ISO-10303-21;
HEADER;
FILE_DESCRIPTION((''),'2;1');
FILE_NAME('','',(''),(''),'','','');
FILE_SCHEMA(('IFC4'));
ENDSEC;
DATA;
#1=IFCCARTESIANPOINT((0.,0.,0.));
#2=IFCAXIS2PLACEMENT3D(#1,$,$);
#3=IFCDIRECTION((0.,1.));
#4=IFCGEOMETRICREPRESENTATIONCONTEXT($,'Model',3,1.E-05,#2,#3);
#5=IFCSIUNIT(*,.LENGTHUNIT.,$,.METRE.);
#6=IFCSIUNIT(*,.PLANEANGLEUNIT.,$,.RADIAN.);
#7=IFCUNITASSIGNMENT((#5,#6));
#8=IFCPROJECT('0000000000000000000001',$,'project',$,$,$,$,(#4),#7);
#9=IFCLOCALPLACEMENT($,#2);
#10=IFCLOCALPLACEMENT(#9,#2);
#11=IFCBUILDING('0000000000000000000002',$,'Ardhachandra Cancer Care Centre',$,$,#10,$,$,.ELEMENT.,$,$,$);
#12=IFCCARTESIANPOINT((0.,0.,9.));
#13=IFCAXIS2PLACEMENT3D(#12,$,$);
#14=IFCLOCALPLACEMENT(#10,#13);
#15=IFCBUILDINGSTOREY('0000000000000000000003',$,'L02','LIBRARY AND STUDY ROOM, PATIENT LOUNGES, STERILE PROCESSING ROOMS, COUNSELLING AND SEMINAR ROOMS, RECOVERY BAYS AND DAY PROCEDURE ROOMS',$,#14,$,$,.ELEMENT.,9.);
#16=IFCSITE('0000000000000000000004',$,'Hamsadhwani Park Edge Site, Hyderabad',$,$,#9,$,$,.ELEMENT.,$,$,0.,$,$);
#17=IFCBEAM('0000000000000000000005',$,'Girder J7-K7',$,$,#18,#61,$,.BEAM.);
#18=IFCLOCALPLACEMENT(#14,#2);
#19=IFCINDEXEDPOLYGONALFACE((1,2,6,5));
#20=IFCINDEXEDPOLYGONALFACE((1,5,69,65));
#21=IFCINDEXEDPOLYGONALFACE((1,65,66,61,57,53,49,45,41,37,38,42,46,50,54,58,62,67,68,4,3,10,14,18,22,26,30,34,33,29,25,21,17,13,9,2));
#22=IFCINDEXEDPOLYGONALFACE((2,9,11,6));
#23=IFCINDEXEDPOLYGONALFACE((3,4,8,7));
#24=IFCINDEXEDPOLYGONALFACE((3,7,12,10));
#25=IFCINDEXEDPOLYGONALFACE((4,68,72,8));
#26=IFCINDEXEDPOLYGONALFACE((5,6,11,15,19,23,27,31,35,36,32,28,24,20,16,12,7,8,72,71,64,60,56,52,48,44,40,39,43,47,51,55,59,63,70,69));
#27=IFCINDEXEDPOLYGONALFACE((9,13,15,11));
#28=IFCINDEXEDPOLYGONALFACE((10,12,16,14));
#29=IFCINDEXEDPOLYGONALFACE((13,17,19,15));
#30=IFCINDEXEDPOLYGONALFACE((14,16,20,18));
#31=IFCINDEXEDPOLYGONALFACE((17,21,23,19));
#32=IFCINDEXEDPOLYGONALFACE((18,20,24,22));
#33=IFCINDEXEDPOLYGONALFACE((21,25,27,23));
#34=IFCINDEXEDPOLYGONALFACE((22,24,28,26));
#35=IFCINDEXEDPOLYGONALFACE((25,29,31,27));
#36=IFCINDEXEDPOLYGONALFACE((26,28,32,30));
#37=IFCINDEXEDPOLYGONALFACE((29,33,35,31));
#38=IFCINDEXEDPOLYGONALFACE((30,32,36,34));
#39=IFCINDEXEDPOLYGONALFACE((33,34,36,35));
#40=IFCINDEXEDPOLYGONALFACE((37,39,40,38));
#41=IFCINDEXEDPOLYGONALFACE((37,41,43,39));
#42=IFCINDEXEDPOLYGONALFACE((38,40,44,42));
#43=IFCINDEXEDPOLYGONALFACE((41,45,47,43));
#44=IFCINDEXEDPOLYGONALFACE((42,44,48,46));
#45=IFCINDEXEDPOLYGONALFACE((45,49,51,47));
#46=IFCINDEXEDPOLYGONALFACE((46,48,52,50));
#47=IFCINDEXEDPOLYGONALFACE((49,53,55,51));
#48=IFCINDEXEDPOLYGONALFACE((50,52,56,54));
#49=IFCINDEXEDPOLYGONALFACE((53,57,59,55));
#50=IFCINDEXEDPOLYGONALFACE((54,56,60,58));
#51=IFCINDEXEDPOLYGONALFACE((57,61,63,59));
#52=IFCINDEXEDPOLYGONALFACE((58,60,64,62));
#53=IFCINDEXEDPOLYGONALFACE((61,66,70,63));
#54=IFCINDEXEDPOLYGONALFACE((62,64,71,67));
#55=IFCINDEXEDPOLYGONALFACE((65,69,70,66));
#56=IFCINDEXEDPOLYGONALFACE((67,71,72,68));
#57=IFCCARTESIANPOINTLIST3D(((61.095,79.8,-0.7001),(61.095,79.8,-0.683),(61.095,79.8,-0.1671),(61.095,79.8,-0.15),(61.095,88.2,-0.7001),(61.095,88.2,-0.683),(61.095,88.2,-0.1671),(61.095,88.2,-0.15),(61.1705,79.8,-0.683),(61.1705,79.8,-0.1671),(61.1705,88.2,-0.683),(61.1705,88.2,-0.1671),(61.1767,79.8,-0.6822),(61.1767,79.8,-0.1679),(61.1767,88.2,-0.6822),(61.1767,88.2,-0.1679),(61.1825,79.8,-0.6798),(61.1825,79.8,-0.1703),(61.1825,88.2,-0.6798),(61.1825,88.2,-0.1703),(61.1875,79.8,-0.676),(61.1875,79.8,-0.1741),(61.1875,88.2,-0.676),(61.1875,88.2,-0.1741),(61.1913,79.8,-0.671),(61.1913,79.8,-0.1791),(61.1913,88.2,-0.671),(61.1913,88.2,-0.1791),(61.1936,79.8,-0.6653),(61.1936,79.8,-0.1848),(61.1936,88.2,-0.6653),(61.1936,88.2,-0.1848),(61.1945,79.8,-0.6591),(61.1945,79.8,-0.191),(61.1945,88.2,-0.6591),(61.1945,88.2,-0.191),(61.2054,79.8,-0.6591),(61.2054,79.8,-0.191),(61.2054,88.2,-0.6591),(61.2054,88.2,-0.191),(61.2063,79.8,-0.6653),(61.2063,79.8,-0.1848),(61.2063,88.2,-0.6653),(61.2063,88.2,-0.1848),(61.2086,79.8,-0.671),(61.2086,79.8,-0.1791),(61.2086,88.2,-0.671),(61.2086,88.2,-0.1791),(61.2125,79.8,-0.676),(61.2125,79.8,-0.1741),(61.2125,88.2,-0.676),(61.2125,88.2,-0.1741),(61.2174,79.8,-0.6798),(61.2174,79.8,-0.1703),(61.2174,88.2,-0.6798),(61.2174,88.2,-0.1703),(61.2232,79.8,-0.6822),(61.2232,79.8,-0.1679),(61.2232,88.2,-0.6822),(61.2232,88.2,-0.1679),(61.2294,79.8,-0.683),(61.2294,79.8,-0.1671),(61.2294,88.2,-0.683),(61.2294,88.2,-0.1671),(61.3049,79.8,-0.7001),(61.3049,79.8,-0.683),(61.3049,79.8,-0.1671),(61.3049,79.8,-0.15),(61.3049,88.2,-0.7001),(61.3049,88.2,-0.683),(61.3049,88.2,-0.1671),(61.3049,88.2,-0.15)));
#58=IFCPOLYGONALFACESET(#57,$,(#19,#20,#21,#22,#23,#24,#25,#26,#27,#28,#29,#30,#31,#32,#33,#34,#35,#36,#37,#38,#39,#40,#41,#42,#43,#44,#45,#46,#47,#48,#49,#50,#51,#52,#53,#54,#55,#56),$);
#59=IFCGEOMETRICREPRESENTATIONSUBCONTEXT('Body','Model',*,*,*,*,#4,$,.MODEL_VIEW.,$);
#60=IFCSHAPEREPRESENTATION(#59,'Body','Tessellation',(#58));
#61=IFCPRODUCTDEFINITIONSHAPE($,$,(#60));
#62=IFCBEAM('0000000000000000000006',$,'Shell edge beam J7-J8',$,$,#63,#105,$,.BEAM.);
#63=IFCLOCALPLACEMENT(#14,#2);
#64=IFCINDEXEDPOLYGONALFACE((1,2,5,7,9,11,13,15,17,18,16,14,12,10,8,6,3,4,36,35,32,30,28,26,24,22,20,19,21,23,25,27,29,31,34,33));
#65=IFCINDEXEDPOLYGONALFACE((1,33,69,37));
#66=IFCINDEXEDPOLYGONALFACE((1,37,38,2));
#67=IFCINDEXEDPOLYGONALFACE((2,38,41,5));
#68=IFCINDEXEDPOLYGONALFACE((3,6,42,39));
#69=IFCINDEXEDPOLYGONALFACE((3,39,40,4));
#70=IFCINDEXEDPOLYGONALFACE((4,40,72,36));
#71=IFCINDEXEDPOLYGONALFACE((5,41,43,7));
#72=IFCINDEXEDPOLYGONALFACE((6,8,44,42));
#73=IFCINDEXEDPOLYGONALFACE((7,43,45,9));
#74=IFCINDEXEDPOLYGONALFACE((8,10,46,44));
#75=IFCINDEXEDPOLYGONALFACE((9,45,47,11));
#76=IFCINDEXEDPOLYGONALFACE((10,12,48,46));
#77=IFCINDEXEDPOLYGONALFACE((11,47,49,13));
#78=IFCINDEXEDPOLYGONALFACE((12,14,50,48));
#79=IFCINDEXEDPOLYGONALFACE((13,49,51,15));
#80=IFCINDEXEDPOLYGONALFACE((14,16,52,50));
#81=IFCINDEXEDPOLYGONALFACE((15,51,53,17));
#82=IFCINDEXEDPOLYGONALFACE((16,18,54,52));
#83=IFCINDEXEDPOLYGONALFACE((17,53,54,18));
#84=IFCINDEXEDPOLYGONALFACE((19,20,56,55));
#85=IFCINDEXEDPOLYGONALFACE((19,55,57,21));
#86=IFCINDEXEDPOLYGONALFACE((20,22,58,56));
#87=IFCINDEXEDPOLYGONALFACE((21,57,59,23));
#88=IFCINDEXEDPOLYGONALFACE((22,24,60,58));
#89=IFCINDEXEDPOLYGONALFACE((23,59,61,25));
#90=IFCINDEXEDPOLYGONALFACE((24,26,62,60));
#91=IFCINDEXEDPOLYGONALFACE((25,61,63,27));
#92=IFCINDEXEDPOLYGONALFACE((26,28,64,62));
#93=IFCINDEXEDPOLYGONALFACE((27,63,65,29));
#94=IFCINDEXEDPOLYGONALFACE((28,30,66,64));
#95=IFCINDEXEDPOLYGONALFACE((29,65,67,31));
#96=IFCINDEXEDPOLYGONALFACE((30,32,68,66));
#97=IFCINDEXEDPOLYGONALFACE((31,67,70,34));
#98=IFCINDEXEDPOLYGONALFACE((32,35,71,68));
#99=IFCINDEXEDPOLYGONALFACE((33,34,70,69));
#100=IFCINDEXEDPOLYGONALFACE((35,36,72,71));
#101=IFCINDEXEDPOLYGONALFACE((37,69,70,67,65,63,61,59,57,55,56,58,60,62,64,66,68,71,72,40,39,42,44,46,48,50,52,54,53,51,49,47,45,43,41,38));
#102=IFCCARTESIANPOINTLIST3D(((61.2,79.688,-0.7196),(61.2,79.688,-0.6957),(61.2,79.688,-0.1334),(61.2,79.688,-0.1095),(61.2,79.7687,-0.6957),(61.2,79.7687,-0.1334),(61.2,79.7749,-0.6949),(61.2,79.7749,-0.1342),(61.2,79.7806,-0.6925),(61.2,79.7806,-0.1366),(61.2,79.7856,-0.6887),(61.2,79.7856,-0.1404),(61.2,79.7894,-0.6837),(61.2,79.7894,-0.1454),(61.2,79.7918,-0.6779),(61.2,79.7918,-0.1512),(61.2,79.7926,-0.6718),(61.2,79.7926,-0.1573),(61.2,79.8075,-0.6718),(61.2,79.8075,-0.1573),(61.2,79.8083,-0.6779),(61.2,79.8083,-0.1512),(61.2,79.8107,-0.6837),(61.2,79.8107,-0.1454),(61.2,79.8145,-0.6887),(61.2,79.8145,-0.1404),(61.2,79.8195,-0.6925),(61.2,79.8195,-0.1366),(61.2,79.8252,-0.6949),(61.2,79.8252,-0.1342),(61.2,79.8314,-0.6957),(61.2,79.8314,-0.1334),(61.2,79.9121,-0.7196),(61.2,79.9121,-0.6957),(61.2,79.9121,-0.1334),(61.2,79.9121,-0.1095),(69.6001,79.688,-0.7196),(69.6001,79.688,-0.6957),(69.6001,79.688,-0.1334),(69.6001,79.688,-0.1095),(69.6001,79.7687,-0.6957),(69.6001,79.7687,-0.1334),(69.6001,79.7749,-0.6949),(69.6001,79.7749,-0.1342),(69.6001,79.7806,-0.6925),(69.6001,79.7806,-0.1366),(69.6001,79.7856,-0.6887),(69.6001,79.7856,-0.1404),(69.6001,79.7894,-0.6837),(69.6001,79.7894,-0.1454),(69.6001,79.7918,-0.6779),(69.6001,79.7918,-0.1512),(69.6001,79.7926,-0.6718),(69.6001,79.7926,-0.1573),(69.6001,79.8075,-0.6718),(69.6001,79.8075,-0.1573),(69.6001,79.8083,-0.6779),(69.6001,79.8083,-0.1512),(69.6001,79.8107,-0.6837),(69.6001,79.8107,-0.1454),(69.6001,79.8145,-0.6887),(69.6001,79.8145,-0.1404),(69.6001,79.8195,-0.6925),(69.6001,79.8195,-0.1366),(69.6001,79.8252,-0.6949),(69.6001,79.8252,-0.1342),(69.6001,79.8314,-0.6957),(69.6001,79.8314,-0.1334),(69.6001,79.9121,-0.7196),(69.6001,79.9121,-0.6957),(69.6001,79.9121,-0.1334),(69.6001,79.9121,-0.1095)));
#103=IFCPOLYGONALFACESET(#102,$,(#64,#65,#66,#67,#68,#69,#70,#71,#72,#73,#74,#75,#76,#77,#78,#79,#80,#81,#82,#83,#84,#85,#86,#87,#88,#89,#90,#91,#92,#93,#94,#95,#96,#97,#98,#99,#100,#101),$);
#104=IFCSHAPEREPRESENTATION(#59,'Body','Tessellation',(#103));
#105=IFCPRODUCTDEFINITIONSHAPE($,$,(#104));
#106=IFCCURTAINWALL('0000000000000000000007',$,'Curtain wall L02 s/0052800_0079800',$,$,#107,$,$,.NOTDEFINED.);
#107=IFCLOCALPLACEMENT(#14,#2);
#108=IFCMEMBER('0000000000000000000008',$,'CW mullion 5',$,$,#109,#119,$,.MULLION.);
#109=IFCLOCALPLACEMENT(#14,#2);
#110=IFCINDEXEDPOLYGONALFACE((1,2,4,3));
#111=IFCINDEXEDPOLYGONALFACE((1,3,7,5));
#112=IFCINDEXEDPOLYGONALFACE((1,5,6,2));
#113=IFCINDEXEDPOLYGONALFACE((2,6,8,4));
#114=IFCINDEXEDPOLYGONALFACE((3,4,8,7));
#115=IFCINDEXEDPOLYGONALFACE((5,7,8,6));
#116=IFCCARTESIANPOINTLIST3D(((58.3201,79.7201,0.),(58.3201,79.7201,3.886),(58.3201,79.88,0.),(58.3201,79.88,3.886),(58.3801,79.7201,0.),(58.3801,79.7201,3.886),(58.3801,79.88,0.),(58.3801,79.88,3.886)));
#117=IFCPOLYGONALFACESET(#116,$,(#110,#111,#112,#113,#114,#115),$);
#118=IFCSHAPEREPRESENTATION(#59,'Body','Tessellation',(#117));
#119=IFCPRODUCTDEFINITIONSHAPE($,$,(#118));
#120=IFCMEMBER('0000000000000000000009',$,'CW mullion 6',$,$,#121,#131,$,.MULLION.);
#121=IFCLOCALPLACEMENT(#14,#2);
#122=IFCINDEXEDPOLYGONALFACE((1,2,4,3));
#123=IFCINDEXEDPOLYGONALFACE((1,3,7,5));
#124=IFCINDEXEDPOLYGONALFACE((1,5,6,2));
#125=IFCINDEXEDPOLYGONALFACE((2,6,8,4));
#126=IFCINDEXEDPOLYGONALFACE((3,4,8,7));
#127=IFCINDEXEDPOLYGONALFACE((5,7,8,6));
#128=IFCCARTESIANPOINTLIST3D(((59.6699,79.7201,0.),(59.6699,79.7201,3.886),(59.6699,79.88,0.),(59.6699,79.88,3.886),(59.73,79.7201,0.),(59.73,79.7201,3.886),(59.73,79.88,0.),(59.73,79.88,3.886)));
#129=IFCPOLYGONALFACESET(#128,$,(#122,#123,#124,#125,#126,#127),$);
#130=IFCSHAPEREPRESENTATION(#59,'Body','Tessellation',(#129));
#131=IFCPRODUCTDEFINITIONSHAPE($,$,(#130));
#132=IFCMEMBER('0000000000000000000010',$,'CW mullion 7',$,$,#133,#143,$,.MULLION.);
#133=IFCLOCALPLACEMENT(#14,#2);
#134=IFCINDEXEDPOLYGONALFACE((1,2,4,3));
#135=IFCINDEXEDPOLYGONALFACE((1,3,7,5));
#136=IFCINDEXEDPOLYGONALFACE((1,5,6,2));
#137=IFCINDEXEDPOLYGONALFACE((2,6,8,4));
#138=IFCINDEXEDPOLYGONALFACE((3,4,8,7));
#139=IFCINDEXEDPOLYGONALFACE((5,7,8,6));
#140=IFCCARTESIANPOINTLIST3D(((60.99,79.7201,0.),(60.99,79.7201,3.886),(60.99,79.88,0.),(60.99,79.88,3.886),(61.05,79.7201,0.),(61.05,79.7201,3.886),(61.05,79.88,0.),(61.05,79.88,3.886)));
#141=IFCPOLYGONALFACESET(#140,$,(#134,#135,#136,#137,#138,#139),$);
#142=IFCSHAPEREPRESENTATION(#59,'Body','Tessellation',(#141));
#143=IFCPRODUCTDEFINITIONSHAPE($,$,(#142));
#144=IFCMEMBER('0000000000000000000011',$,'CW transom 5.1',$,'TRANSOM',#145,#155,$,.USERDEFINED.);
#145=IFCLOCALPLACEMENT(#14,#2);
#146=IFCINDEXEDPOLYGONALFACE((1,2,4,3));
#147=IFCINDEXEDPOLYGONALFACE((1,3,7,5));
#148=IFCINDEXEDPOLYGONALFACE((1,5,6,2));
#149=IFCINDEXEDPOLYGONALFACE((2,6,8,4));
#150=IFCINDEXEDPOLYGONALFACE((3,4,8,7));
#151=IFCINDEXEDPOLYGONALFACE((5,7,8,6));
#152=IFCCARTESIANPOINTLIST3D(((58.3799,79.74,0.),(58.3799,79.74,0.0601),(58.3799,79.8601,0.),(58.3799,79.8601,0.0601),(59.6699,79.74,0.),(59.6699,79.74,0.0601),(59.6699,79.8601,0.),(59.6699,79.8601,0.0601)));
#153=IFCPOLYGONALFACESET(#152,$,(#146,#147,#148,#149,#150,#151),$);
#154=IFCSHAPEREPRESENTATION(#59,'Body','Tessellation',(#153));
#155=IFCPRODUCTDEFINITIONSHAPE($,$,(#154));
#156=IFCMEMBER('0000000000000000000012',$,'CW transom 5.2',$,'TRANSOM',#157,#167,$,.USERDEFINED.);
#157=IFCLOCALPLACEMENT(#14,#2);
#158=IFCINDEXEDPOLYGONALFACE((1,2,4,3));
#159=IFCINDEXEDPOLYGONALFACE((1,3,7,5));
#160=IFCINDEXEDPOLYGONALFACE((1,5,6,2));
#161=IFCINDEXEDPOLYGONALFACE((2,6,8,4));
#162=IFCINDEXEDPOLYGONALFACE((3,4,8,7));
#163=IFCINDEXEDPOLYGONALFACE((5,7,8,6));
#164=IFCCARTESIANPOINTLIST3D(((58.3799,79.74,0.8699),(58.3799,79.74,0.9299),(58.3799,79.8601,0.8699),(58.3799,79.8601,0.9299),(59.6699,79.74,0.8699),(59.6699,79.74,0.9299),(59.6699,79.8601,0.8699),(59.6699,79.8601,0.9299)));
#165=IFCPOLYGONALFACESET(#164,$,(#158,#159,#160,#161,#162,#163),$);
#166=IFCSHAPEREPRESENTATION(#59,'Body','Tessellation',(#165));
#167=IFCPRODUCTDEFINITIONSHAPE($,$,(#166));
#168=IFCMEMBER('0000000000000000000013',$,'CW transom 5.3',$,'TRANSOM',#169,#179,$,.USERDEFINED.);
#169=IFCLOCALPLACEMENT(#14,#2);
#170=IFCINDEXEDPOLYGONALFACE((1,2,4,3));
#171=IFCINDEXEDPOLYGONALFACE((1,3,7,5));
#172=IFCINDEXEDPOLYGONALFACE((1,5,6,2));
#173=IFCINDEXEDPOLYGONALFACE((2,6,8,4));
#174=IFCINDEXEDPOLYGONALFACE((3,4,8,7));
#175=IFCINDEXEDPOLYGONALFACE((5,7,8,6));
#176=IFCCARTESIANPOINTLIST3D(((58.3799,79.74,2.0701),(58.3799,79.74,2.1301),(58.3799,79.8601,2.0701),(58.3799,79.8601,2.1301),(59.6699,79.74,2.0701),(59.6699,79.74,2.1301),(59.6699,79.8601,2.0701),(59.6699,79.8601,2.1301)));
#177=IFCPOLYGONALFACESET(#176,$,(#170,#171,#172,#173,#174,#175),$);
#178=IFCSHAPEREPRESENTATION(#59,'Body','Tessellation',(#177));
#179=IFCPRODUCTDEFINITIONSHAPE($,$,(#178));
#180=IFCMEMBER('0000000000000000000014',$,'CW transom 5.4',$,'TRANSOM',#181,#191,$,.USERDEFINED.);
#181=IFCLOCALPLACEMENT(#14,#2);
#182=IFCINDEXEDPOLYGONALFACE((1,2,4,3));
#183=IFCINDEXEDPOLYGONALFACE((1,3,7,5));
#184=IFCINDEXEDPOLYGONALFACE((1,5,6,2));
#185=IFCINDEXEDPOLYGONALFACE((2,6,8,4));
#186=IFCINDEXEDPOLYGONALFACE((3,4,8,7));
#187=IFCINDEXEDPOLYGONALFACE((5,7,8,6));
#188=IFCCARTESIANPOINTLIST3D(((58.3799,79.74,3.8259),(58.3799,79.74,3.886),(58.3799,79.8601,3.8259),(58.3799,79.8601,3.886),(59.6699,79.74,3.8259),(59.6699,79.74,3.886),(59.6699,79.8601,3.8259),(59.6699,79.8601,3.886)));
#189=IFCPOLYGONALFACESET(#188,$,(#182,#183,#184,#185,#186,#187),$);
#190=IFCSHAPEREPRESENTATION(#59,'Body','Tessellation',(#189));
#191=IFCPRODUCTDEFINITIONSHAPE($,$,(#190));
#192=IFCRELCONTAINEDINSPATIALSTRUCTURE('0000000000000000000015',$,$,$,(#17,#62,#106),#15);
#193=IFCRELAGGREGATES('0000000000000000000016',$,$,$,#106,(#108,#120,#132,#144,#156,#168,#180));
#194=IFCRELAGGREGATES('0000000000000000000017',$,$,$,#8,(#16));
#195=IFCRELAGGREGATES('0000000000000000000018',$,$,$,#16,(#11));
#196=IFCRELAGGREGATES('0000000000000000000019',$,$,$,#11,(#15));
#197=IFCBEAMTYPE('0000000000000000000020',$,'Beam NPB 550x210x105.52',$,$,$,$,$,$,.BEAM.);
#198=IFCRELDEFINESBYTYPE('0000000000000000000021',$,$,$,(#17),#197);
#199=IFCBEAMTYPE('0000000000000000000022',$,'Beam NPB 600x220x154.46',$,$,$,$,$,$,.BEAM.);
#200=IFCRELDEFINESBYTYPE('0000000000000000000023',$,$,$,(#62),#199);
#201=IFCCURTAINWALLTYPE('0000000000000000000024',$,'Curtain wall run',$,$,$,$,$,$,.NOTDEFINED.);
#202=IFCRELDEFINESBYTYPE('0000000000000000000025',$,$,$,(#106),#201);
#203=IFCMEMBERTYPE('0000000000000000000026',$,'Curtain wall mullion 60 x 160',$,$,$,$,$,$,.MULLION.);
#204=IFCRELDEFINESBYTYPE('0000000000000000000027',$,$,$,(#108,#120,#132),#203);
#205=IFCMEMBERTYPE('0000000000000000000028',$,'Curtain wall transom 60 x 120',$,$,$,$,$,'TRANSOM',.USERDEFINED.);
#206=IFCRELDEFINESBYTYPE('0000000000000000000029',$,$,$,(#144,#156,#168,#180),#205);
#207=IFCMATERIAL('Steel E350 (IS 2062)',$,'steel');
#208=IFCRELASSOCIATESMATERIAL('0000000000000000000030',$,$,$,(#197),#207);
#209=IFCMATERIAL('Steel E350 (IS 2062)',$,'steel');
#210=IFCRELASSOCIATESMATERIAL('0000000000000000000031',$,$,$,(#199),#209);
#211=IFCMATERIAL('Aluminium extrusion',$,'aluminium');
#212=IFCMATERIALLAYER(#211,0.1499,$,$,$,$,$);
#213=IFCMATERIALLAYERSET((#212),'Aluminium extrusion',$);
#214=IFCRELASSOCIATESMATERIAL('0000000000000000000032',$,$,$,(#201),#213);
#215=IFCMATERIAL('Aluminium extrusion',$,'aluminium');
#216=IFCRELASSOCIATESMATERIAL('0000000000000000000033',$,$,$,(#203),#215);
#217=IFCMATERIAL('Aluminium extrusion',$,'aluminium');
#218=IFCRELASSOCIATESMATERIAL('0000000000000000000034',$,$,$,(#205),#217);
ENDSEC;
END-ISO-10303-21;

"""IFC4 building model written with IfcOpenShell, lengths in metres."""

from ifc_helpers import new_model, si_unit, direction, frame, origin, origin_2d, place, context, subcontext, project, spatial, rectangle, i_section, extrude, material, layer, layer_set, material_profile, profile_set, type_object, element, aggregate, save


model = new_model("IFC4")

# Units and contexts
model_context = context("Model", 3, precision=1e-05, world=origin(), true_north=direction((0.0, 1.0)))
body_context = subcontext(model_context, "Body", "Model", "MODEL_VIEW")
ifc_project = project(units=[si_unit("LENGTHUNIT", "METRE"), si_unit("PLANEANGLEUNIT", "RADIAN")], contexts=[model_context])

# Site, building, storey
site_placement = place(None, origin())
site = spatial("IfcSite", under=ifc_project, at=site_placement, Name="Hamsadhwani Park Edge Site, Hyderabad", CompositionType="ELEMENT", RefElevation=0.0)
building_placement = place(site_placement, origin())
building = spatial("IfcBuilding", under=site, at=building_placement, Name="Ardhachandra Cancer Care Centre", CompositionType="ELEMENT")
storey_placement = place(building_placement, frame((0.0, 0.0, 9.0)))
storey = spatial("IfcBuildingStorey", under=building, at=storey_placement, Name="L02", Description="LIBRARY AND STUDY ROOM, PATIENT LOUNGES, STERILE PROCESSING ROOMS, COUNSELLING AND SEMINAR ROOMS, RECOVERY BAYS AND DAY PROCEDURE ROOMS", CompositionType="ELEMENT", Elevation=9.0)

# Beams
ifc_material_1 = material(Name="Steel E350 (IS 2062)", Category="steel")
ifc_material_profile_1 = material_profile(ifc_material_1, i_section(OverallWidth=0.21, OverallDepth=0.55, WebThickness=0.011, FlangeThickness=0.0171, FilletRadius=0.0239, at=origin_2d()), Name="NPB 550x210x105.52")
ifc_profile_set_1 = profile_set([ifc_material_profile_1], Name="Steel E350 (IS 2062)")
beam_type_1 = type_object("IfcBeamType", Name="Beam NPB 550x210x105.52", PredefinedType="BEAM", material=ifc_profile_set_1)
beam_1_placement = place(storey_placement, frame((61.2, 79.8, -0.425), z_axis=(0.0, 1.0, 0.0), x_axis=(-1.0, 0.0, 0.0)))
element("IfcBeam", 1, at=beam_1_placement, inside=storey, type_object=beam_type_1, Name="Girder J7-K7", PredefinedType="BEAM", context=body_context, shape_type="SweptSolid", body=[
    extrude(i_section(OverallWidth=0.21, OverallDepth=0.55, WebThickness=0.011, FlangeThickness=0.0171, FilletRadius=0.0239, at=origin_2d()), origin(), (0.0, 0.0, 1.0), 8.3999),
])
ifc_material_2 = material(Name="Steel E350 (IS 2062)", Category="steel")
ifc_material_profile_2 = material_profile(ifc_material_2, i_section(OverallWidth=0.2241, OverallDepth=0.6101, WebThickness=0.0149, FlangeThickness=0.0239, FilletRadius=0.0239, at=origin_2d()), Name="NPB 600x220x154.46")
ifc_profile_set_2 = profile_set([ifc_material_profile_2], Name="Steel E350 (IS 2062)")
beam_type_2 = type_object("IfcBeamType", Name="Beam NPB 600x220x154.46", PredefinedType="BEAM", material=ifc_profile_set_2)
beam_2_placement = place(storey_placement, frame((61.2, 79.8, -0.4146), z_axis=(1.0, 0.0, 0.0), x_axis=(0.0, 1.0, 0.0)))
element("IfcBeam", 2, at=beam_2_placement, inside=storey, type_object=beam_type_2, Name="Shell edge beam J7-J8", PredefinedType="BEAM", context=body_context, shape_type="SweptSolid", body=[
    extrude(i_section(OverallWidth=0.2241, OverallDepth=0.6101, WebThickness=0.0149, FlangeThickness=0.0239, FilletRadius=0.0239, at=origin_2d()), origin(), (0.0, 0.0, 1.0), 8.4001),
])

# Curtain wall, members
ifc_material_3 = material(Name="Aluminium extrusion", Category="aluminium")
ifc_layer_1 = layer(ifc_material_3, 0.1499)
ifc_layer_set_1 = layer_set([ifc_layer_1], Name="Aluminium extrusion")
curtain_wall_type = type_object("IfcCurtainWallType", Name="Curtain wall run", PredefinedType="NOTDEFINED", material=ifc_layer_set_1)
curtain_wall_placement = place(storey_placement, origin())
curtain_wall = element("IfcCurtainWall", 3, at=curtain_wall_placement, inside=storey, type_object=curtain_wall_type, Name="Curtain wall L02 s/0052800_0079800", PredefinedType="NOTDEFINED")
ifc_material_4 = material(Name="Aluminium extrusion", Category="aluminium")
ifc_material_profile_3 = material_profile(ifc_material_4, rectangle(XDim=0.1599, YDim=0.0601, at=origin_2d()), Name="Curtain wall mullion 60 x 160")
ifc_profile_set_3 = profile_set([ifc_material_profile_3], Name="Aluminium extrusion")
member_type_1 = type_object("IfcMemberType", Name="Curtain wall mullion 60 x 160", PredefinedType="MULLION", material=ifc_profile_set_3)
member_1_placement = place(storey_placement, frame((58.3501, 79.8, 0.0), z_axis=(0.0, 0.0, 1.0), x_axis=(0.0, 1.0, 0.0)))
member_1 = element("IfcMember", 4, at=member_1_placement, type_object=member_type_1, Name="CW mullion 5", PredefinedType="MULLION", context=body_context, shape_type="SweptSolid", body=[
    extrude(rectangle(XDim=0.1599, YDim=0.0601, at=origin_2d()), origin(), (0.0, 0.0, 1.0), 3.886),
])
member_2_placement = place(storey_placement, frame((59.7, 79.8, 0.0), z_axis=(0.0, 0.0, 1.0), x_axis=(0.0, 1.0, 0.0)))
member_2 = element("IfcMember", 5, at=member_2_placement, type_object=member_type_1, Name="CW mullion 6", PredefinedType="MULLION", context=body_context, shape_type="SweptSolid", body=[
    extrude(rectangle(XDim=0.1599, YDim=0.0601, at=origin_2d()), origin(), (0.0, 0.0, 1.0), 3.886),
])
member_3_placement = place(storey_placement, frame((61.02, 79.8, 0.0), z_axis=(0.0, 0.0, 1.0), x_axis=(0.0, 1.0, 0.0)))
member_3 = element("IfcMember", 6, at=member_3_placement, type_object=member_type_1, Name="CW mullion 7", PredefinedType="MULLION", context=body_context, shape_type="SweptSolid", body=[
    extrude(rectangle(XDim=0.1599, YDim=0.0601, at=origin_2d()), origin(), (0.0, 0.0, 1.0), 3.886),
])
ifc_material_5 = material(Name="Aluminium extrusion", Category="aluminium")
ifc_material_profile_4 = material_profile(ifc_material_5, rectangle(XDim=0.1201, YDim=0.0601, at=origin_2d()), Name="Curtain wall transom 60 x 120")
ifc_profile_set_4 = profile_set([ifc_material_profile_4], Name="Aluminium extrusion")
member_type_2 = type_object("IfcMemberType", Name="Curtain wall transom 60 x 120", ElementType="TRANSOM", PredefinedType="USERDEFINED", material=ifc_profile_set_4)
member_4_placement = place(storey_placement, frame((58.3799, 79.8, 0.03), z_axis=(1.0, 0.0, 0.0), x_axis=(0.0, 1.0, 0.0)))
member_4 = element("IfcMember", 7, at=member_4_placement, type_object=member_type_2, Name="CW transom 5.1", ObjectType="TRANSOM", PredefinedType="USERDEFINED", context=body_context, shape_type="SweptSolid", body=[
    extrude(rectangle(XDim=0.1201, YDim=0.0601, at=origin_2d()), origin(), (0.0, 0.0, 1.0), 1.29),
])
member_5_placement = place(storey_placement, frame((58.3799, 79.8, 0.8999), z_axis=(1.0, 0.0, 0.0), x_axis=(0.0, 1.0, 0.0)))
member_5 = element("IfcMember", 8, at=member_5_placement, type_object=member_type_2, Name="CW transom 5.2", ObjectType="TRANSOM", PredefinedType="USERDEFINED", context=body_context, shape_type="SweptSolid", body=[
    extrude(rectangle(XDim=0.1201, YDim=0.0601, at=origin_2d()), origin(), (0.0, 0.0, 1.0), 1.29),
])
member_6_placement = place(storey_placement, frame((58.3799, 79.8, 2.1001), z_axis=(1.0, 0.0, 0.0), x_axis=(0.0, 1.0, 0.0)))
member_6 = element("IfcMember", 9, at=member_6_placement, type_object=member_type_2, Name="CW transom 5.3", ObjectType="TRANSOM", PredefinedType="USERDEFINED", context=body_context, shape_type="SweptSolid", body=[
    extrude(rectangle(XDim=0.1201, YDim=0.0601, at=origin_2d()), origin(), (0.0, 0.0, 1.0), 1.29),
])
member_7_placement = place(storey_placement, frame((58.3799, 79.8, 3.856), z_axis=(1.0, 0.0, 0.0), x_axis=(0.0, 1.0, 0.0)))
member_7 = element("IfcMember", 10, at=member_7_placement, type_object=member_type_2, Name="CW transom 5.4", ObjectType="TRANSOM", PredefinedType="USERDEFINED", context=body_context, shape_type="SweptSolid", body=[
    extrude(rectangle(XDim=0.1201, YDim=0.0601, at=origin_2d()), origin(), (0.0, 0.0, 1.0), 1.29),
])

aggregate(curtain_wall, [member_1, member_2, member_3, member_4, member_5, member_6, member_7])

save(model, "model.ifc")
